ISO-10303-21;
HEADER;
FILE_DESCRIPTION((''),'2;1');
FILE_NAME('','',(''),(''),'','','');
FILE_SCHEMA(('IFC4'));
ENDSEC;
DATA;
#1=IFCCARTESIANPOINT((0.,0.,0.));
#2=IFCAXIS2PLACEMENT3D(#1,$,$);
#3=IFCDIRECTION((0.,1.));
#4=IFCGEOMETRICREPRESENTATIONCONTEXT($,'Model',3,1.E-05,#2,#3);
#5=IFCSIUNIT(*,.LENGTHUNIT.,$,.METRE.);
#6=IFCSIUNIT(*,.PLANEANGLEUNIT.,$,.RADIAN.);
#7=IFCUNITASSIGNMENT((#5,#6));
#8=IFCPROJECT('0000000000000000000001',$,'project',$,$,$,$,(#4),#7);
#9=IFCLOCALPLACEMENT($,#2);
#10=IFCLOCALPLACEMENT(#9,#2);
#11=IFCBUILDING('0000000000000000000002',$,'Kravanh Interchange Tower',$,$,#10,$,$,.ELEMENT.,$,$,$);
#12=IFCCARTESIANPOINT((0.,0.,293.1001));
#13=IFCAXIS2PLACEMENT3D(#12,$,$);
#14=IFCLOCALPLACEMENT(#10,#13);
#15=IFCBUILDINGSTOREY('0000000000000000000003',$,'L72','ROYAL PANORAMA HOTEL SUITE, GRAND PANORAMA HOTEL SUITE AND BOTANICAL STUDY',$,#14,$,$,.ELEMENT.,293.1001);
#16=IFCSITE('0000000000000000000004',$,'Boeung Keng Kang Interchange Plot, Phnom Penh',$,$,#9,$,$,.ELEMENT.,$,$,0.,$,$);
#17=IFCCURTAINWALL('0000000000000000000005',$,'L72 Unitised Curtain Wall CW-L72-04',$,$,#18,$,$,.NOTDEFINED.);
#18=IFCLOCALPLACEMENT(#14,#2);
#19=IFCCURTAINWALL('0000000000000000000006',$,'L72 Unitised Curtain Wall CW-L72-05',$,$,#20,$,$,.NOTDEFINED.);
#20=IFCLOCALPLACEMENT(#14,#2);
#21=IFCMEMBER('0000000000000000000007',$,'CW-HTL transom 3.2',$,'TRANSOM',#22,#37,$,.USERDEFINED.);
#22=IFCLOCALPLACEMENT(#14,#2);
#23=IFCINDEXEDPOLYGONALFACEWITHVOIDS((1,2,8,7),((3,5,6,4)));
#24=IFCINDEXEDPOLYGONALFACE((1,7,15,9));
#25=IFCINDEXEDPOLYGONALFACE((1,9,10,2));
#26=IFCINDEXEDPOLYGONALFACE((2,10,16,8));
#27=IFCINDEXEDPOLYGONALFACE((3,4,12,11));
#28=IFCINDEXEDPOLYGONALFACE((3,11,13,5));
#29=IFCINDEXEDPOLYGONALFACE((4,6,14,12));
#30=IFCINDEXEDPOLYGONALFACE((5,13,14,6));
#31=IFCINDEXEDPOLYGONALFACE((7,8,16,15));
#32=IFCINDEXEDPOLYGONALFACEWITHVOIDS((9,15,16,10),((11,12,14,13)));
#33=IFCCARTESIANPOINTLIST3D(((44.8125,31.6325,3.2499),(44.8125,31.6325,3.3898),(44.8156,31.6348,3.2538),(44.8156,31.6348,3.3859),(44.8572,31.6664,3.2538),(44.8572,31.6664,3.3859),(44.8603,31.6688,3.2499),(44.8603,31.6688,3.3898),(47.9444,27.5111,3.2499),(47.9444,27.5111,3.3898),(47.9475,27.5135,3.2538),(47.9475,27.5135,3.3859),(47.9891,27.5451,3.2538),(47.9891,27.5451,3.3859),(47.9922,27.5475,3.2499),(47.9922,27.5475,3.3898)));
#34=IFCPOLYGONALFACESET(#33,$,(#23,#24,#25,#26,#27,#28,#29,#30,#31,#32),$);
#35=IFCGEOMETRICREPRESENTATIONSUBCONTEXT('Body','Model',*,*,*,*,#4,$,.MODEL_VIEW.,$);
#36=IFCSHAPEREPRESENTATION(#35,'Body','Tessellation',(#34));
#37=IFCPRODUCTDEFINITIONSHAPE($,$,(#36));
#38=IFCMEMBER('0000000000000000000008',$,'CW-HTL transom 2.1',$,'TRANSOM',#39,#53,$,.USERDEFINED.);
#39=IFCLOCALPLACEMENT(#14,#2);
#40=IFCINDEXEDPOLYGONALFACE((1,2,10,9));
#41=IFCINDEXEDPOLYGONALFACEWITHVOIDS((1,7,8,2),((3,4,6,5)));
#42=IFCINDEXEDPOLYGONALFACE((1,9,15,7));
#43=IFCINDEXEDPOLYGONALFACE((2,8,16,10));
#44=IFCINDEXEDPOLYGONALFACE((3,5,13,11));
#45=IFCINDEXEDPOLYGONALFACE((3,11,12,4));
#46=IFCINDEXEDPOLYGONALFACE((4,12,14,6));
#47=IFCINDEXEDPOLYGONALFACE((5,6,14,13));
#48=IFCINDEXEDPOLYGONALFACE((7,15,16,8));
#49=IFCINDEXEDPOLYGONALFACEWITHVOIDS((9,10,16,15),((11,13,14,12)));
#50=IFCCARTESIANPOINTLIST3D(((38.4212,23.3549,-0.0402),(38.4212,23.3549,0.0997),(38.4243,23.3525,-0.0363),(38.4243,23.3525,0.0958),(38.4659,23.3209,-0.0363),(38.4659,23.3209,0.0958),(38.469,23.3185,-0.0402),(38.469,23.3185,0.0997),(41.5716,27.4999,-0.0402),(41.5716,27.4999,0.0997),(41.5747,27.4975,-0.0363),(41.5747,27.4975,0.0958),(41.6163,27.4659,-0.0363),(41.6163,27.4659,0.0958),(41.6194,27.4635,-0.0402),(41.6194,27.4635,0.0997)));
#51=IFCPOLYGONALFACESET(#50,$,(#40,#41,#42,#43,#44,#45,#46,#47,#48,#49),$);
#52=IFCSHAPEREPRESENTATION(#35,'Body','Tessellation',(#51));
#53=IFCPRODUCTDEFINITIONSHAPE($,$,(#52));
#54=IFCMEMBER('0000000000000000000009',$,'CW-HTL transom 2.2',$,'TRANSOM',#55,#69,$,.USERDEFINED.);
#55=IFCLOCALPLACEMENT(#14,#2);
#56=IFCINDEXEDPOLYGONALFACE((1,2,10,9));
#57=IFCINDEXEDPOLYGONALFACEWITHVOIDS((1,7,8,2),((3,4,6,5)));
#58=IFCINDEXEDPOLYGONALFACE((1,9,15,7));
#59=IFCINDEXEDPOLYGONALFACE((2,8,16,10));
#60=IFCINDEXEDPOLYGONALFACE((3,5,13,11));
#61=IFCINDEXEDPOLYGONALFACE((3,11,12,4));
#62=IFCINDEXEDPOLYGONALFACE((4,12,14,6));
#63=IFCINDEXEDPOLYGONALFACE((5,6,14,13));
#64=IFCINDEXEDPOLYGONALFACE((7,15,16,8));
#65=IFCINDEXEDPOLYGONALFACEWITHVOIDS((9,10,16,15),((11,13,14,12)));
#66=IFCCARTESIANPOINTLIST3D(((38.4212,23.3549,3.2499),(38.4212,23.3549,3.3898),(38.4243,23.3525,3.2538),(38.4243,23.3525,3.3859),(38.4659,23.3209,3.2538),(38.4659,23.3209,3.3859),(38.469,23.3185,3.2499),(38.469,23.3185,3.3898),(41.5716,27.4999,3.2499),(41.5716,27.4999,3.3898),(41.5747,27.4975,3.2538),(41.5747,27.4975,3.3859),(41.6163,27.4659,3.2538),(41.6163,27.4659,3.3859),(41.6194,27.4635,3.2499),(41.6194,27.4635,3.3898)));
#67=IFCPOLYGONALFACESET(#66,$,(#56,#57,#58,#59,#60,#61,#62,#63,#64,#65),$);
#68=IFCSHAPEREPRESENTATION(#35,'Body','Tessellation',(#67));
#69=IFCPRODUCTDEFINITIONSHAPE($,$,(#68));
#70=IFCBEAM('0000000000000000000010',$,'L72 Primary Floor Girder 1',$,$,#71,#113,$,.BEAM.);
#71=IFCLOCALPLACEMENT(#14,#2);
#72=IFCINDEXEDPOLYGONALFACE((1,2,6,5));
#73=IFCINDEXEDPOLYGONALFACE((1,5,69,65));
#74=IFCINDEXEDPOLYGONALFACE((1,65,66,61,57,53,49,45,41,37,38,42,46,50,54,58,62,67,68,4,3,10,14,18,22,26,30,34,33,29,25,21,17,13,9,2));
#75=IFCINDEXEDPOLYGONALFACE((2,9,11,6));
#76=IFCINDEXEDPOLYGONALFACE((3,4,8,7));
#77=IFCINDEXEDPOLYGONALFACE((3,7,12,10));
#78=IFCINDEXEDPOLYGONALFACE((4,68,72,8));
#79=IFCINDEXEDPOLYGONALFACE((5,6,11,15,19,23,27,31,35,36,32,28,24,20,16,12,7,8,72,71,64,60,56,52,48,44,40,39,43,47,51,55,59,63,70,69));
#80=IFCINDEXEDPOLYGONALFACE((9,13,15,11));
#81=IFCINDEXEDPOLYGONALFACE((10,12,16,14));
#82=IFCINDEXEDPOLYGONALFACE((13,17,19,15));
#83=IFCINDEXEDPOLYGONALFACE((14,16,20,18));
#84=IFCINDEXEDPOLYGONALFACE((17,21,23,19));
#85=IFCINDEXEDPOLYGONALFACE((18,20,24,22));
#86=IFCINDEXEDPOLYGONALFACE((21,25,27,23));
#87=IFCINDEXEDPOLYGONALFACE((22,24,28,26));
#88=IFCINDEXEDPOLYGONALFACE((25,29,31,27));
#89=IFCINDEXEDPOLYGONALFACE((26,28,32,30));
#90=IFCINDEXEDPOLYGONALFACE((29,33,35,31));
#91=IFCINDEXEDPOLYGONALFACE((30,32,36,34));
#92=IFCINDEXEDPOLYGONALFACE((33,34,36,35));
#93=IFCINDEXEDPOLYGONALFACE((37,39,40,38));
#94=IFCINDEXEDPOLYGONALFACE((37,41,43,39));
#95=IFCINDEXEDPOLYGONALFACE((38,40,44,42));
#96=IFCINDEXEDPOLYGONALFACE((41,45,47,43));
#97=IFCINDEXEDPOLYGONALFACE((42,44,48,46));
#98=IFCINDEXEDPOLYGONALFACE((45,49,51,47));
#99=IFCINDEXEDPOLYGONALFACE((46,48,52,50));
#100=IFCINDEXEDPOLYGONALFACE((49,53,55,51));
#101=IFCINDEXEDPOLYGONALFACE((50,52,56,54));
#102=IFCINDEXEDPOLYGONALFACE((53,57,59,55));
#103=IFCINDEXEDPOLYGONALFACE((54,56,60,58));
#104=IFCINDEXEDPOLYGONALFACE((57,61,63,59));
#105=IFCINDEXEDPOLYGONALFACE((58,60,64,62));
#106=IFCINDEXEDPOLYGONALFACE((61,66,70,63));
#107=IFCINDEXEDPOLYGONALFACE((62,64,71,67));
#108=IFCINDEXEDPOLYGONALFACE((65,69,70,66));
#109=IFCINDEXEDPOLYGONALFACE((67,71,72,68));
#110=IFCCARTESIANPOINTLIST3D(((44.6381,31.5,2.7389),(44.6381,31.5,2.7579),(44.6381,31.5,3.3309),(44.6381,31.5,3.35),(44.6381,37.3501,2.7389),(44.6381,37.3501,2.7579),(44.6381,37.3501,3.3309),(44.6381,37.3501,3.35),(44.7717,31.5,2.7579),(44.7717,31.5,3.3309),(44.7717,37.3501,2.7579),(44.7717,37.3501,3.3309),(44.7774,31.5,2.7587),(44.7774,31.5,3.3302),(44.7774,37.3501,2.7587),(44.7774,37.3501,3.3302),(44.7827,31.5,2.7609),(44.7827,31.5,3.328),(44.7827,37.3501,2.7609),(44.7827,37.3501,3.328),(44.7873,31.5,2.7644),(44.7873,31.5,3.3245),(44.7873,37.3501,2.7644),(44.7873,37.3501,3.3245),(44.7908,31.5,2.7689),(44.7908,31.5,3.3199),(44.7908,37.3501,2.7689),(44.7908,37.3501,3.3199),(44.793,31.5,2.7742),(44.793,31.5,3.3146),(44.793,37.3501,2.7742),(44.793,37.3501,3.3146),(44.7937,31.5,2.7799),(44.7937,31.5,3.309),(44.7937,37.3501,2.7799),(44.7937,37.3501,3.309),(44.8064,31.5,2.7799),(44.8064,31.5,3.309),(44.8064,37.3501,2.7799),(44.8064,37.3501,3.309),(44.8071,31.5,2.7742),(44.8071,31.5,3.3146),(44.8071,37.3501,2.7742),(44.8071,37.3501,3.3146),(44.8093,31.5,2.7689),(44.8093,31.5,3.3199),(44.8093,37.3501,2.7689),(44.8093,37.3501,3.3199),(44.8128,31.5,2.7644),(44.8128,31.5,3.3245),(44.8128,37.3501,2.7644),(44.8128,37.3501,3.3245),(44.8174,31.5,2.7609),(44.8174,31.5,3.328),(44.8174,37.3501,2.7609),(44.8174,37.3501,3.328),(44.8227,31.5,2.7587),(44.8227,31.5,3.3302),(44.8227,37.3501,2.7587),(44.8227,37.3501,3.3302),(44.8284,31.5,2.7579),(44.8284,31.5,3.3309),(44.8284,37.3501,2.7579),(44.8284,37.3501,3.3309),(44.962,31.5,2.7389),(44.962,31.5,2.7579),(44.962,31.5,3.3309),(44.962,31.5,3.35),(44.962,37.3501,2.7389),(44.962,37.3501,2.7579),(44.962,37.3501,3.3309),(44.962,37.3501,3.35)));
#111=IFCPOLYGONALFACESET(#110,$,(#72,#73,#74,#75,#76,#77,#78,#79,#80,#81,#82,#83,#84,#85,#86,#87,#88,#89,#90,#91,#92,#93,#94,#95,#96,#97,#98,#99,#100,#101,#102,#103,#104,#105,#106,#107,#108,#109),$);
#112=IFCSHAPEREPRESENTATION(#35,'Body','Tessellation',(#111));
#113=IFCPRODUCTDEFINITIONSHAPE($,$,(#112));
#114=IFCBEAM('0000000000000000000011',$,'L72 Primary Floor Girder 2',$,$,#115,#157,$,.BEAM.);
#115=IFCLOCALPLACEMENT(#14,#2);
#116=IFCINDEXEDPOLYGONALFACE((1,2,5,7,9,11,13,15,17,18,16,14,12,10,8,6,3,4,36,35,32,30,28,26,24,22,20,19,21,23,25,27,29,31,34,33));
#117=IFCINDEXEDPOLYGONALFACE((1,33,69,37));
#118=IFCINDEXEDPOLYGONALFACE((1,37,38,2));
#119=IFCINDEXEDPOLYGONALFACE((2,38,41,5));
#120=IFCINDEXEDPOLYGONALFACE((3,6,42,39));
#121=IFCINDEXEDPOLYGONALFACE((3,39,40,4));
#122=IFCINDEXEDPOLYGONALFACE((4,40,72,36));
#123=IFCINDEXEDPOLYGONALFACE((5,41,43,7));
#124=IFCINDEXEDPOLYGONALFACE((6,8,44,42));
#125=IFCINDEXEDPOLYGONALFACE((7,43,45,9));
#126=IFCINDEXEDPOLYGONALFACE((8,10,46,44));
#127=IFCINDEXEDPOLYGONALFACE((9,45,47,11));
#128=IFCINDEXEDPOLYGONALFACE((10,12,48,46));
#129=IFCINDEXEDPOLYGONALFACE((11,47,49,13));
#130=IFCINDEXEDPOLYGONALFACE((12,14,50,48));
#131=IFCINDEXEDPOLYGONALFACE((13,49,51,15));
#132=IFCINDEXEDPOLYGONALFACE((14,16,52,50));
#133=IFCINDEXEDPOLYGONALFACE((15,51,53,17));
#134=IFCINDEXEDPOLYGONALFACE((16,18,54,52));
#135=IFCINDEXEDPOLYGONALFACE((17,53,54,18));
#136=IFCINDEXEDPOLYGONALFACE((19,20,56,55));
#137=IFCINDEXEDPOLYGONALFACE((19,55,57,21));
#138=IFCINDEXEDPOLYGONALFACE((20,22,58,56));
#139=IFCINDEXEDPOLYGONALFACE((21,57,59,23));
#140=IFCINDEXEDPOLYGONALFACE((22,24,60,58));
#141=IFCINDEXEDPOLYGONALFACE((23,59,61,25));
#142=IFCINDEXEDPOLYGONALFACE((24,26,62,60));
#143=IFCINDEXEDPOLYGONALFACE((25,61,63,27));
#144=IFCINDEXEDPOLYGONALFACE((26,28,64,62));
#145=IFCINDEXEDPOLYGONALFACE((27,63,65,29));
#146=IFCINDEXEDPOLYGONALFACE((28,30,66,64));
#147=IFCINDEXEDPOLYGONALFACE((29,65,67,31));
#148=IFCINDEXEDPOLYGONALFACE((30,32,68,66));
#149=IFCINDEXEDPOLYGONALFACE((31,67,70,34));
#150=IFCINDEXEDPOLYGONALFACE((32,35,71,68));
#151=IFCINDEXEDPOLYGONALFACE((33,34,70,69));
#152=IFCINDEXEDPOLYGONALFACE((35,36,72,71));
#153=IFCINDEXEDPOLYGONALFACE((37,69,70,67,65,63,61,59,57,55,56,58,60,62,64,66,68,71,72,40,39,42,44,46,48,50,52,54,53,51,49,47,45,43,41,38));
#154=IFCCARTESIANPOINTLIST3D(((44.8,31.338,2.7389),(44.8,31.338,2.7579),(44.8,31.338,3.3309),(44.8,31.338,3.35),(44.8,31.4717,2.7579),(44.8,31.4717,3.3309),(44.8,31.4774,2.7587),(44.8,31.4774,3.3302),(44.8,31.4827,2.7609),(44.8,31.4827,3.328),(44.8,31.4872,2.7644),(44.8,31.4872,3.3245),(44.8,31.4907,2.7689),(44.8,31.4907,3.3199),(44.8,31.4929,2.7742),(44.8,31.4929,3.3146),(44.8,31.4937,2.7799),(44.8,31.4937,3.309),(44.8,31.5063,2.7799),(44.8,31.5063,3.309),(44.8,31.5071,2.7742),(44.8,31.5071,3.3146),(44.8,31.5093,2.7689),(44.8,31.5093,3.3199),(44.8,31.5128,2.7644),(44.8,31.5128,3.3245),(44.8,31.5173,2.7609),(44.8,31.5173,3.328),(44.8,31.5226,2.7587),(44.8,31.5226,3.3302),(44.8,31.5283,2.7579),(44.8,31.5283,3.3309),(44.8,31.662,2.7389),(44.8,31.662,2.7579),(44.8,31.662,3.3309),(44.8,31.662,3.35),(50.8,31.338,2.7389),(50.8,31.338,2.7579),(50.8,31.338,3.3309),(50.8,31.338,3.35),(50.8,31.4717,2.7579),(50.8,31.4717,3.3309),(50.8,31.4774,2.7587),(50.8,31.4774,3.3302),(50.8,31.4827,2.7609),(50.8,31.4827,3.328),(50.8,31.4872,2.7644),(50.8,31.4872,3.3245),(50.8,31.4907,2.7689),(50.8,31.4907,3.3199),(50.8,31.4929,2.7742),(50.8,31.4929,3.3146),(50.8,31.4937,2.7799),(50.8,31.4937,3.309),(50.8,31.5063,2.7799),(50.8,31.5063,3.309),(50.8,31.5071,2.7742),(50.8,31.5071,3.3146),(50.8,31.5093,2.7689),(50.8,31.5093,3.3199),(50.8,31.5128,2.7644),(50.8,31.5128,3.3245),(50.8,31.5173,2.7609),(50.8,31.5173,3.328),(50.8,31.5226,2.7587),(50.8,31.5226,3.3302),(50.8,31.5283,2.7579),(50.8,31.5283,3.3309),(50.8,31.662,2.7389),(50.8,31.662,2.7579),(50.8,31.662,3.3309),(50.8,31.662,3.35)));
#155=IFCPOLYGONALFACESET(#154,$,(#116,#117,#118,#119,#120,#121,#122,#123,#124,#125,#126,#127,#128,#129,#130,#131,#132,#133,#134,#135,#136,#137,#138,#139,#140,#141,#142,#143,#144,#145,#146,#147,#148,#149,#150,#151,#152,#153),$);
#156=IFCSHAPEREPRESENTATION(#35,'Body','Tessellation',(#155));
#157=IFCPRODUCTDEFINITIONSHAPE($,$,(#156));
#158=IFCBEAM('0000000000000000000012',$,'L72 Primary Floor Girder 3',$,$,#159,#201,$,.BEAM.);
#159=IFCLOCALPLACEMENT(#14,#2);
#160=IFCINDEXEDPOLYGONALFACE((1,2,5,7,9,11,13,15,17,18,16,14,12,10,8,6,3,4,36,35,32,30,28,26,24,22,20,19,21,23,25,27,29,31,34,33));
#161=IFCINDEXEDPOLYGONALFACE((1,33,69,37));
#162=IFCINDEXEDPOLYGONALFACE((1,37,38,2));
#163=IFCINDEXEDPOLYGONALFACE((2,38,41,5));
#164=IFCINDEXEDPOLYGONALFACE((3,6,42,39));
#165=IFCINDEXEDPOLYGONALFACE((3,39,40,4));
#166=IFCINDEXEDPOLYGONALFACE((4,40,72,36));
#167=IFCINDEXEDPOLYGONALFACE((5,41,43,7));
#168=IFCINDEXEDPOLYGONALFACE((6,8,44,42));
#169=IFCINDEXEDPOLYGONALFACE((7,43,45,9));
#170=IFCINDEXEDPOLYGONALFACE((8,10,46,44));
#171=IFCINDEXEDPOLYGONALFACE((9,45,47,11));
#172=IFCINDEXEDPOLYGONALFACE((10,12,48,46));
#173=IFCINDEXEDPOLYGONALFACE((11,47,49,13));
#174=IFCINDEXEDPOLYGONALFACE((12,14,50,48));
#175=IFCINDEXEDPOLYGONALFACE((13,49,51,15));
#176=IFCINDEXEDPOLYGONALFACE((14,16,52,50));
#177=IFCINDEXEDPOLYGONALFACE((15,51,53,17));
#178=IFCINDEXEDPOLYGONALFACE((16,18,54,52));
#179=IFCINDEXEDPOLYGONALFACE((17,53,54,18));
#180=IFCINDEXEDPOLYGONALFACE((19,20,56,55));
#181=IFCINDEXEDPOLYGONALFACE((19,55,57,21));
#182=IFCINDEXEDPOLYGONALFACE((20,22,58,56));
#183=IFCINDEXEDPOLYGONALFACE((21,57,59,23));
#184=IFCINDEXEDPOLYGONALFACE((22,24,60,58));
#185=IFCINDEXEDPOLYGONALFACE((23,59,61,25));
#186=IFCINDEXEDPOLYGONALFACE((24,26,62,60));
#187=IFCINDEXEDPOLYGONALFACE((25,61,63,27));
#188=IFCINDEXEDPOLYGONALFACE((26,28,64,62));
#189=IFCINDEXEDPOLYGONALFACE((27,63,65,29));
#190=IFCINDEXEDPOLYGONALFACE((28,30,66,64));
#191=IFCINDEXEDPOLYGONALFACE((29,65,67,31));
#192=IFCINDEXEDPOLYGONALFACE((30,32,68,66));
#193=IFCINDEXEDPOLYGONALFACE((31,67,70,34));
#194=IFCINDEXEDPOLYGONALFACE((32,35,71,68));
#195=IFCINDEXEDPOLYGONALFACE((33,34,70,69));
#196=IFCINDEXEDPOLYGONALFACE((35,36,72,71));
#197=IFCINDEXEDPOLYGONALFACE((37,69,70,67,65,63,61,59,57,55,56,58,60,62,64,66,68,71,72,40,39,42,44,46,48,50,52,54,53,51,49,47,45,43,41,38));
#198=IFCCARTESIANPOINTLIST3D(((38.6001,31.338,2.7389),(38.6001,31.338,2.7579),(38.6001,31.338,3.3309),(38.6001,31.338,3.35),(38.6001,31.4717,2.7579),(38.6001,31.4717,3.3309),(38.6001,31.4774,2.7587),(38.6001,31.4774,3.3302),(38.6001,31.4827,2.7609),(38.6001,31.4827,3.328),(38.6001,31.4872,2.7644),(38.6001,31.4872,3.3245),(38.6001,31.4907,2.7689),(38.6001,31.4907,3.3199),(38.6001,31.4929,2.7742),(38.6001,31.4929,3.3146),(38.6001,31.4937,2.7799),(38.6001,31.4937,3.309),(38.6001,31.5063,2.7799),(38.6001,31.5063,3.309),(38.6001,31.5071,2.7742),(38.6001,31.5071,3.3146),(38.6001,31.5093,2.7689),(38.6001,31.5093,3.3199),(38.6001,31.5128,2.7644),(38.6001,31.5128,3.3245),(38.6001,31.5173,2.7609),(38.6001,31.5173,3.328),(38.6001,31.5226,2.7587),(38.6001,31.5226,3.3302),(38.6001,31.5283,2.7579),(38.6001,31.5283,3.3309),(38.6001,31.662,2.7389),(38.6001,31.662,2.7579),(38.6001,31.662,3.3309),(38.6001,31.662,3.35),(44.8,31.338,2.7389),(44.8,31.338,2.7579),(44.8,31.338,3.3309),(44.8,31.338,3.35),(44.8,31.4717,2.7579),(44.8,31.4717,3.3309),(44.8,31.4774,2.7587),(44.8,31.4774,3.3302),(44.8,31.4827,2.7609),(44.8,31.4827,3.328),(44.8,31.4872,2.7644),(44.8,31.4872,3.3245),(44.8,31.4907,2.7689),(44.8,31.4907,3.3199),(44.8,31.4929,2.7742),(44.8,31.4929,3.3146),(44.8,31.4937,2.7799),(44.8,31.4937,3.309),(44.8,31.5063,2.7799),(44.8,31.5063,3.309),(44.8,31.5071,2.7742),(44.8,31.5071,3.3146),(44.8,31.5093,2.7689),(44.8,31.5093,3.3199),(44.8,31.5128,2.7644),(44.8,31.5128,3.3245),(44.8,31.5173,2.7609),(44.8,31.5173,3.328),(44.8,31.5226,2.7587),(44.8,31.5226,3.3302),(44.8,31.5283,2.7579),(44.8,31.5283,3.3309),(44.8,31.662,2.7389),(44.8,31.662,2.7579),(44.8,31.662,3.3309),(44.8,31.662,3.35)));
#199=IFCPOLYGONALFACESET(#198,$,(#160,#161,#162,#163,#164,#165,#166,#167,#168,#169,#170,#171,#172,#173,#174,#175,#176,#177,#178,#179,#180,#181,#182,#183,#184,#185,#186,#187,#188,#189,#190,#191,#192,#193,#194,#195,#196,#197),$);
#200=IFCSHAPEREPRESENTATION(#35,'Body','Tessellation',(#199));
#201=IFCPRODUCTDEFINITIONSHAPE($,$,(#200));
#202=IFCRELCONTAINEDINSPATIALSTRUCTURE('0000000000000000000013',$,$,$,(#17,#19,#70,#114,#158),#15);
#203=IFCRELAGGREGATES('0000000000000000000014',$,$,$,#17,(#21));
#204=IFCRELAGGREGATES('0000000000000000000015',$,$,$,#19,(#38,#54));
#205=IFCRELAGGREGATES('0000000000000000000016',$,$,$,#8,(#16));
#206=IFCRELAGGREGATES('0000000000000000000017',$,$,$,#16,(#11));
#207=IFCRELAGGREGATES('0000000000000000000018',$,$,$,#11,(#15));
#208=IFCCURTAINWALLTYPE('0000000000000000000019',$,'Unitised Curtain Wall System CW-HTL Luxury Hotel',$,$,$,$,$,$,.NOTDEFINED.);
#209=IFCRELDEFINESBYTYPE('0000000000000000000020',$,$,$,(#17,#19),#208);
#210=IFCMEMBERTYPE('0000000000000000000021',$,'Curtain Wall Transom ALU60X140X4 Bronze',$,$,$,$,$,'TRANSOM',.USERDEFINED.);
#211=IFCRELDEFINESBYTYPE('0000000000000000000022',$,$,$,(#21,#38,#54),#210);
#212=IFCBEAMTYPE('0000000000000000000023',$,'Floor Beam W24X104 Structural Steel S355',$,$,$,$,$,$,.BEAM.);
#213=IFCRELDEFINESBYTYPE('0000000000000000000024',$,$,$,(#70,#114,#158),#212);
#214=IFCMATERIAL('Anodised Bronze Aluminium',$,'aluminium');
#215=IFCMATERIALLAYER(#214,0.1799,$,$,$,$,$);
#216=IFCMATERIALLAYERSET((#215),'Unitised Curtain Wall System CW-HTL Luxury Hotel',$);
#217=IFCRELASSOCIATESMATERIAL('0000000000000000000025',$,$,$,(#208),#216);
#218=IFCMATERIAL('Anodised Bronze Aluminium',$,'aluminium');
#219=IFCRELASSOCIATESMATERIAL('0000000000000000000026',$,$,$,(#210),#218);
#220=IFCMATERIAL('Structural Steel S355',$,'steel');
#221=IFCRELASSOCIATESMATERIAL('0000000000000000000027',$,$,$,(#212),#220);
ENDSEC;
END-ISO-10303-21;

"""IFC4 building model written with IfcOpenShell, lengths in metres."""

from ifc_helpers import new_model, si_unit, direction, frame, origin, origin_2d, place, context, subcontext, project, spatial, hollow_rectangle, i_section, extrude, material, layer, layer_set, material_profile, profile_set, type_object, element, aggregate, save


model = new_model("IFC4")

# Units and contexts
model_context = context("Model", 3, precision=1e-05, world=origin(), true_north=direction((0.0, 1.0)))
body_context = subcontext(model_context, "Body", "Model", "MODEL_VIEW")
ifc_project = project(units=[si_unit("LENGTHUNIT", "METRE"), si_unit("PLANEANGLEUNIT", "RADIAN")], contexts=[model_context])

# Site, building, storey
site_placement = place(None, origin())
site = spatial("IfcSite", under=ifc_project, at=site_placement, Name="Boeung Keng Kang Interchange Plot, Phnom Penh", CompositionType="ELEMENT", RefElevation=0.0)
building_placement = place(site_placement, origin())
building = spatial("IfcBuilding", under=site, at=building_placement, Name="Kravanh Interchange Tower", CompositionType="ELEMENT")
storey_placement = place(building_placement, frame((0.0, 0.0, 293.1001)))
storey = spatial("IfcBuildingStorey", under=building, at=storey_placement, Name="L72", Description="ROYAL PANORAMA HOTEL SUITE, GRAND PANORAMA HOTEL SUITE AND BOTANICAL STUDY", CompositionType="ELEMENT", Elevation=293.1001)

# Curtain walls
ifc_material_1 = material(Name="Anodised Bronze Aluminium", Category="aluminium")
ifc_layer_1 = layer(ifc_material_1, 0.1799)
ifc_layer_set_1 = layer_set([ifc_layer_1], Name="Unitised Curtain Wall System CW-HTL Luxury Hotel")
curtain_wall_type = type_object("IfcCurtainWallType", Name="Unitised Curtain Wall System CW-HTL Luxury Hotel", PredefinedType="NOTDEFINED", material=ifc_layer_set_1)
curtain_wall_1_placement = place(storey_placement, origin())
curtain_wall_1 = element("IfcCurtainWall", 1, at=curtain_wall_1_placement, inside=storey, type_object=curtain_wall_type, Name="L72 Unitised Curtain Wall CW-L72-04", PredefinedType="NOTDEFINED")
curtain_wall_2_placement = place(storey_placement, origin())
curtain_wall_2 = element("IfcCurtainWall", 2, at=curtain_wall_2_placement, inside=storey, type_object=curtain_wall_type, Name="L72 Unitised Curtain Wall CW-L72-05", PredefinedType="NOTDEFINED")

# Members
ifc_material_2 = material(Name="Anodised Bronze Aluminium", Category="aluminium")
ifc_material_profile_1 = material_profile(ifc_material_2, hollow_rectangle(XDim=0.0601, YDim=0.1399, WallThickness=0.0039, at=origin_2d()), Name="ALU60X140X4")
ifc_profile_set_1 = profile_set([ifc_material_profile_1], Name="Anodised Bronze Aluminium")
member_type_1 = type_object("IfcMemberType", Name="Curtain Wall Transom ALU60X140X4 Bronze", ElementType="TRANSOM", PredefinedType="USERDEFINED", material=ifc_profile_set_1)
member_1_placement = place(storey_placement, frame((47.9683, 27.5293, 3.3198), z_axis=(-0.605037, 0.796198, 0.0), x_axis=(-0.796198, -0.605037, 0.0)))
member_1 = element("IfcMember", 3, at=member_1_placement, type_object=member_type_1, Name="CW-HTL transom 3.2", ObjectType="TRANSOM", PredefinedType="USERDEFINED", context=body_context, shape_type="SweptSolid", body=[
    extrude(hollow_rectangle(XDim=0.0601, YDim=0.1399, WallThickness=0.0039, at=origin_2d()), origin(), (0.0, 0.0, 1.0), 5.1763),
])
member_2_placement = place(storey_placement, frame((41.5955, 27.4817, 0.0298), z_axis=(-0.605105, -0.796146, 0.0), x_axis=(0.796146, -0.605105, 0.0)))
member_2 = element("IfcMember", 4, at=member_2_placement, type_object=member_type_1, Name="CW-HTL transom 2.1", ObjectType="TRANSOM", PredefinedType="USERDEFINED", context=body_context, shape_type="SweptSolid", body=[
    extrude(hollow_rectangle(XDim=0.0601, YDim=0.1399, WallThickness=0.0039, at=origin_2d()), origin(), (0.0, 0.0, 1.0), 5.2063),
])
member_3_placement = place(storey_placement, frame((41.5955, 27.4817, 3.3198), z_axis=(-0.605105, -0.796146, 0.0), x_axis=(0.796146, -0.605105, 0.0)))
member_3 = element("IfcMember", 5, at=member_3_placement, type_object=member_type_1, Name="CW-HTL transom 2.2", ObjectType="TRANSOM", PredefinedType="USERDEFINED", context=body_context, shape_type="SweptSolid", body=[
    extrude(hollow_rectangle(XDim=0.0601, YDim=0.1399, WallThickness=0.0039, at=origin_2d()), origin(), (0.0, 0.0, 1.0), 5.2063),
])

# Beams
ifc_material_3 = material(Name="Structural Steel S355", Category="steel")
ifc_material_profile_2 = material_profile(ifc_material_3, i_section(OverallWidth=0.324, OverallDepth=0.6111, WebThickness=0.0127, FlangeThickness=0.019, FilletRadius=0.022, at=origin_2d()), Name="W24X104")
ifc_profile_set_2 = profile_set([ifc_material_profile_2], Name="Structural Steel S355")
beam_type_1 = type_object("IfcBeamType", Name="Floor Beam W24X104 Structural Steel S355", PredefinedType="BEAM", material=ifc_profile_set_2)
beam_1_placement = place(storey_placement, frame((44.8, 31.5, 3.0444), z_axis=(0.0, 1.0, 0.0), x_axis=(-1.0, 0.0, 0.0)))
element("IfcBeam", 6, at=beam_1_placement, inside=storey, type_object=beam_type_1, Name="L72 Primary Floor Girder 1", PredefinedType="BEAM", context=body_context, shape_type="SweptSolid", body=[
    extrude(i_section(OverallWidth=0.324, OverallDepth=0.6111, WebThickness=0.0127, FlangeThickness=0.019, FilletRadius=0.022, at=origin_2d()), origin(), (0.0, 0.0, 1.0), 5.8501),
])
beam_2_placement = place(storey_placement, frame((44.8, 31.5, 3.0444), z_axis=(1.0, 0.0, 0.0), x_axis=(0.0, 1.0, 0.0)))
element("IfcBeam", 7, at=beam_2_placement, inside=storey, type_object=beam_type_1, Name="L72 Primary Floor Girder 2", PredefinedType="BEAM", context=body_context, shape_type="SweptSolid", body=[
    extrude(i_section(OverallWidth=0.324, OverallDepth=0.6111, WebThickness=0.0127, FlangeThickness=0.019, FilletRadius=0.022, at=origin_2d()), origin(), (0.0, 0.0, 1.0), 6.0),
])
beam_3_placement = place(storey_placement, frame((44.8, 31.5, 3.0444), z_axis=(-1.0, 0.0, 0.0), x_axis=(0.0, -1.0, 0.0)))
element("IfcBeam", 8, at=beam_3_placement, inside=storey, type_object=beam_type_1, Name="L72 Primary Floor Girder 3", PredefinedType="BEAM", context=body_context, shape_type="SweptSolid", body=[
    extrude(i_section(OverallWidth=0.324, OverallDepth=0.6111, WebThickness=0.0127, FlangeThickness=0.019, FilletRadius=0.022, at=origin_2d()), origin(), (0.0, 0.0, 1.0), 6.2),
])

aggregate(curtain_wall_1, [member_1])
aggregate(curtain_wall_2, [member_2, member_3])

save(model, "model.ifc")
